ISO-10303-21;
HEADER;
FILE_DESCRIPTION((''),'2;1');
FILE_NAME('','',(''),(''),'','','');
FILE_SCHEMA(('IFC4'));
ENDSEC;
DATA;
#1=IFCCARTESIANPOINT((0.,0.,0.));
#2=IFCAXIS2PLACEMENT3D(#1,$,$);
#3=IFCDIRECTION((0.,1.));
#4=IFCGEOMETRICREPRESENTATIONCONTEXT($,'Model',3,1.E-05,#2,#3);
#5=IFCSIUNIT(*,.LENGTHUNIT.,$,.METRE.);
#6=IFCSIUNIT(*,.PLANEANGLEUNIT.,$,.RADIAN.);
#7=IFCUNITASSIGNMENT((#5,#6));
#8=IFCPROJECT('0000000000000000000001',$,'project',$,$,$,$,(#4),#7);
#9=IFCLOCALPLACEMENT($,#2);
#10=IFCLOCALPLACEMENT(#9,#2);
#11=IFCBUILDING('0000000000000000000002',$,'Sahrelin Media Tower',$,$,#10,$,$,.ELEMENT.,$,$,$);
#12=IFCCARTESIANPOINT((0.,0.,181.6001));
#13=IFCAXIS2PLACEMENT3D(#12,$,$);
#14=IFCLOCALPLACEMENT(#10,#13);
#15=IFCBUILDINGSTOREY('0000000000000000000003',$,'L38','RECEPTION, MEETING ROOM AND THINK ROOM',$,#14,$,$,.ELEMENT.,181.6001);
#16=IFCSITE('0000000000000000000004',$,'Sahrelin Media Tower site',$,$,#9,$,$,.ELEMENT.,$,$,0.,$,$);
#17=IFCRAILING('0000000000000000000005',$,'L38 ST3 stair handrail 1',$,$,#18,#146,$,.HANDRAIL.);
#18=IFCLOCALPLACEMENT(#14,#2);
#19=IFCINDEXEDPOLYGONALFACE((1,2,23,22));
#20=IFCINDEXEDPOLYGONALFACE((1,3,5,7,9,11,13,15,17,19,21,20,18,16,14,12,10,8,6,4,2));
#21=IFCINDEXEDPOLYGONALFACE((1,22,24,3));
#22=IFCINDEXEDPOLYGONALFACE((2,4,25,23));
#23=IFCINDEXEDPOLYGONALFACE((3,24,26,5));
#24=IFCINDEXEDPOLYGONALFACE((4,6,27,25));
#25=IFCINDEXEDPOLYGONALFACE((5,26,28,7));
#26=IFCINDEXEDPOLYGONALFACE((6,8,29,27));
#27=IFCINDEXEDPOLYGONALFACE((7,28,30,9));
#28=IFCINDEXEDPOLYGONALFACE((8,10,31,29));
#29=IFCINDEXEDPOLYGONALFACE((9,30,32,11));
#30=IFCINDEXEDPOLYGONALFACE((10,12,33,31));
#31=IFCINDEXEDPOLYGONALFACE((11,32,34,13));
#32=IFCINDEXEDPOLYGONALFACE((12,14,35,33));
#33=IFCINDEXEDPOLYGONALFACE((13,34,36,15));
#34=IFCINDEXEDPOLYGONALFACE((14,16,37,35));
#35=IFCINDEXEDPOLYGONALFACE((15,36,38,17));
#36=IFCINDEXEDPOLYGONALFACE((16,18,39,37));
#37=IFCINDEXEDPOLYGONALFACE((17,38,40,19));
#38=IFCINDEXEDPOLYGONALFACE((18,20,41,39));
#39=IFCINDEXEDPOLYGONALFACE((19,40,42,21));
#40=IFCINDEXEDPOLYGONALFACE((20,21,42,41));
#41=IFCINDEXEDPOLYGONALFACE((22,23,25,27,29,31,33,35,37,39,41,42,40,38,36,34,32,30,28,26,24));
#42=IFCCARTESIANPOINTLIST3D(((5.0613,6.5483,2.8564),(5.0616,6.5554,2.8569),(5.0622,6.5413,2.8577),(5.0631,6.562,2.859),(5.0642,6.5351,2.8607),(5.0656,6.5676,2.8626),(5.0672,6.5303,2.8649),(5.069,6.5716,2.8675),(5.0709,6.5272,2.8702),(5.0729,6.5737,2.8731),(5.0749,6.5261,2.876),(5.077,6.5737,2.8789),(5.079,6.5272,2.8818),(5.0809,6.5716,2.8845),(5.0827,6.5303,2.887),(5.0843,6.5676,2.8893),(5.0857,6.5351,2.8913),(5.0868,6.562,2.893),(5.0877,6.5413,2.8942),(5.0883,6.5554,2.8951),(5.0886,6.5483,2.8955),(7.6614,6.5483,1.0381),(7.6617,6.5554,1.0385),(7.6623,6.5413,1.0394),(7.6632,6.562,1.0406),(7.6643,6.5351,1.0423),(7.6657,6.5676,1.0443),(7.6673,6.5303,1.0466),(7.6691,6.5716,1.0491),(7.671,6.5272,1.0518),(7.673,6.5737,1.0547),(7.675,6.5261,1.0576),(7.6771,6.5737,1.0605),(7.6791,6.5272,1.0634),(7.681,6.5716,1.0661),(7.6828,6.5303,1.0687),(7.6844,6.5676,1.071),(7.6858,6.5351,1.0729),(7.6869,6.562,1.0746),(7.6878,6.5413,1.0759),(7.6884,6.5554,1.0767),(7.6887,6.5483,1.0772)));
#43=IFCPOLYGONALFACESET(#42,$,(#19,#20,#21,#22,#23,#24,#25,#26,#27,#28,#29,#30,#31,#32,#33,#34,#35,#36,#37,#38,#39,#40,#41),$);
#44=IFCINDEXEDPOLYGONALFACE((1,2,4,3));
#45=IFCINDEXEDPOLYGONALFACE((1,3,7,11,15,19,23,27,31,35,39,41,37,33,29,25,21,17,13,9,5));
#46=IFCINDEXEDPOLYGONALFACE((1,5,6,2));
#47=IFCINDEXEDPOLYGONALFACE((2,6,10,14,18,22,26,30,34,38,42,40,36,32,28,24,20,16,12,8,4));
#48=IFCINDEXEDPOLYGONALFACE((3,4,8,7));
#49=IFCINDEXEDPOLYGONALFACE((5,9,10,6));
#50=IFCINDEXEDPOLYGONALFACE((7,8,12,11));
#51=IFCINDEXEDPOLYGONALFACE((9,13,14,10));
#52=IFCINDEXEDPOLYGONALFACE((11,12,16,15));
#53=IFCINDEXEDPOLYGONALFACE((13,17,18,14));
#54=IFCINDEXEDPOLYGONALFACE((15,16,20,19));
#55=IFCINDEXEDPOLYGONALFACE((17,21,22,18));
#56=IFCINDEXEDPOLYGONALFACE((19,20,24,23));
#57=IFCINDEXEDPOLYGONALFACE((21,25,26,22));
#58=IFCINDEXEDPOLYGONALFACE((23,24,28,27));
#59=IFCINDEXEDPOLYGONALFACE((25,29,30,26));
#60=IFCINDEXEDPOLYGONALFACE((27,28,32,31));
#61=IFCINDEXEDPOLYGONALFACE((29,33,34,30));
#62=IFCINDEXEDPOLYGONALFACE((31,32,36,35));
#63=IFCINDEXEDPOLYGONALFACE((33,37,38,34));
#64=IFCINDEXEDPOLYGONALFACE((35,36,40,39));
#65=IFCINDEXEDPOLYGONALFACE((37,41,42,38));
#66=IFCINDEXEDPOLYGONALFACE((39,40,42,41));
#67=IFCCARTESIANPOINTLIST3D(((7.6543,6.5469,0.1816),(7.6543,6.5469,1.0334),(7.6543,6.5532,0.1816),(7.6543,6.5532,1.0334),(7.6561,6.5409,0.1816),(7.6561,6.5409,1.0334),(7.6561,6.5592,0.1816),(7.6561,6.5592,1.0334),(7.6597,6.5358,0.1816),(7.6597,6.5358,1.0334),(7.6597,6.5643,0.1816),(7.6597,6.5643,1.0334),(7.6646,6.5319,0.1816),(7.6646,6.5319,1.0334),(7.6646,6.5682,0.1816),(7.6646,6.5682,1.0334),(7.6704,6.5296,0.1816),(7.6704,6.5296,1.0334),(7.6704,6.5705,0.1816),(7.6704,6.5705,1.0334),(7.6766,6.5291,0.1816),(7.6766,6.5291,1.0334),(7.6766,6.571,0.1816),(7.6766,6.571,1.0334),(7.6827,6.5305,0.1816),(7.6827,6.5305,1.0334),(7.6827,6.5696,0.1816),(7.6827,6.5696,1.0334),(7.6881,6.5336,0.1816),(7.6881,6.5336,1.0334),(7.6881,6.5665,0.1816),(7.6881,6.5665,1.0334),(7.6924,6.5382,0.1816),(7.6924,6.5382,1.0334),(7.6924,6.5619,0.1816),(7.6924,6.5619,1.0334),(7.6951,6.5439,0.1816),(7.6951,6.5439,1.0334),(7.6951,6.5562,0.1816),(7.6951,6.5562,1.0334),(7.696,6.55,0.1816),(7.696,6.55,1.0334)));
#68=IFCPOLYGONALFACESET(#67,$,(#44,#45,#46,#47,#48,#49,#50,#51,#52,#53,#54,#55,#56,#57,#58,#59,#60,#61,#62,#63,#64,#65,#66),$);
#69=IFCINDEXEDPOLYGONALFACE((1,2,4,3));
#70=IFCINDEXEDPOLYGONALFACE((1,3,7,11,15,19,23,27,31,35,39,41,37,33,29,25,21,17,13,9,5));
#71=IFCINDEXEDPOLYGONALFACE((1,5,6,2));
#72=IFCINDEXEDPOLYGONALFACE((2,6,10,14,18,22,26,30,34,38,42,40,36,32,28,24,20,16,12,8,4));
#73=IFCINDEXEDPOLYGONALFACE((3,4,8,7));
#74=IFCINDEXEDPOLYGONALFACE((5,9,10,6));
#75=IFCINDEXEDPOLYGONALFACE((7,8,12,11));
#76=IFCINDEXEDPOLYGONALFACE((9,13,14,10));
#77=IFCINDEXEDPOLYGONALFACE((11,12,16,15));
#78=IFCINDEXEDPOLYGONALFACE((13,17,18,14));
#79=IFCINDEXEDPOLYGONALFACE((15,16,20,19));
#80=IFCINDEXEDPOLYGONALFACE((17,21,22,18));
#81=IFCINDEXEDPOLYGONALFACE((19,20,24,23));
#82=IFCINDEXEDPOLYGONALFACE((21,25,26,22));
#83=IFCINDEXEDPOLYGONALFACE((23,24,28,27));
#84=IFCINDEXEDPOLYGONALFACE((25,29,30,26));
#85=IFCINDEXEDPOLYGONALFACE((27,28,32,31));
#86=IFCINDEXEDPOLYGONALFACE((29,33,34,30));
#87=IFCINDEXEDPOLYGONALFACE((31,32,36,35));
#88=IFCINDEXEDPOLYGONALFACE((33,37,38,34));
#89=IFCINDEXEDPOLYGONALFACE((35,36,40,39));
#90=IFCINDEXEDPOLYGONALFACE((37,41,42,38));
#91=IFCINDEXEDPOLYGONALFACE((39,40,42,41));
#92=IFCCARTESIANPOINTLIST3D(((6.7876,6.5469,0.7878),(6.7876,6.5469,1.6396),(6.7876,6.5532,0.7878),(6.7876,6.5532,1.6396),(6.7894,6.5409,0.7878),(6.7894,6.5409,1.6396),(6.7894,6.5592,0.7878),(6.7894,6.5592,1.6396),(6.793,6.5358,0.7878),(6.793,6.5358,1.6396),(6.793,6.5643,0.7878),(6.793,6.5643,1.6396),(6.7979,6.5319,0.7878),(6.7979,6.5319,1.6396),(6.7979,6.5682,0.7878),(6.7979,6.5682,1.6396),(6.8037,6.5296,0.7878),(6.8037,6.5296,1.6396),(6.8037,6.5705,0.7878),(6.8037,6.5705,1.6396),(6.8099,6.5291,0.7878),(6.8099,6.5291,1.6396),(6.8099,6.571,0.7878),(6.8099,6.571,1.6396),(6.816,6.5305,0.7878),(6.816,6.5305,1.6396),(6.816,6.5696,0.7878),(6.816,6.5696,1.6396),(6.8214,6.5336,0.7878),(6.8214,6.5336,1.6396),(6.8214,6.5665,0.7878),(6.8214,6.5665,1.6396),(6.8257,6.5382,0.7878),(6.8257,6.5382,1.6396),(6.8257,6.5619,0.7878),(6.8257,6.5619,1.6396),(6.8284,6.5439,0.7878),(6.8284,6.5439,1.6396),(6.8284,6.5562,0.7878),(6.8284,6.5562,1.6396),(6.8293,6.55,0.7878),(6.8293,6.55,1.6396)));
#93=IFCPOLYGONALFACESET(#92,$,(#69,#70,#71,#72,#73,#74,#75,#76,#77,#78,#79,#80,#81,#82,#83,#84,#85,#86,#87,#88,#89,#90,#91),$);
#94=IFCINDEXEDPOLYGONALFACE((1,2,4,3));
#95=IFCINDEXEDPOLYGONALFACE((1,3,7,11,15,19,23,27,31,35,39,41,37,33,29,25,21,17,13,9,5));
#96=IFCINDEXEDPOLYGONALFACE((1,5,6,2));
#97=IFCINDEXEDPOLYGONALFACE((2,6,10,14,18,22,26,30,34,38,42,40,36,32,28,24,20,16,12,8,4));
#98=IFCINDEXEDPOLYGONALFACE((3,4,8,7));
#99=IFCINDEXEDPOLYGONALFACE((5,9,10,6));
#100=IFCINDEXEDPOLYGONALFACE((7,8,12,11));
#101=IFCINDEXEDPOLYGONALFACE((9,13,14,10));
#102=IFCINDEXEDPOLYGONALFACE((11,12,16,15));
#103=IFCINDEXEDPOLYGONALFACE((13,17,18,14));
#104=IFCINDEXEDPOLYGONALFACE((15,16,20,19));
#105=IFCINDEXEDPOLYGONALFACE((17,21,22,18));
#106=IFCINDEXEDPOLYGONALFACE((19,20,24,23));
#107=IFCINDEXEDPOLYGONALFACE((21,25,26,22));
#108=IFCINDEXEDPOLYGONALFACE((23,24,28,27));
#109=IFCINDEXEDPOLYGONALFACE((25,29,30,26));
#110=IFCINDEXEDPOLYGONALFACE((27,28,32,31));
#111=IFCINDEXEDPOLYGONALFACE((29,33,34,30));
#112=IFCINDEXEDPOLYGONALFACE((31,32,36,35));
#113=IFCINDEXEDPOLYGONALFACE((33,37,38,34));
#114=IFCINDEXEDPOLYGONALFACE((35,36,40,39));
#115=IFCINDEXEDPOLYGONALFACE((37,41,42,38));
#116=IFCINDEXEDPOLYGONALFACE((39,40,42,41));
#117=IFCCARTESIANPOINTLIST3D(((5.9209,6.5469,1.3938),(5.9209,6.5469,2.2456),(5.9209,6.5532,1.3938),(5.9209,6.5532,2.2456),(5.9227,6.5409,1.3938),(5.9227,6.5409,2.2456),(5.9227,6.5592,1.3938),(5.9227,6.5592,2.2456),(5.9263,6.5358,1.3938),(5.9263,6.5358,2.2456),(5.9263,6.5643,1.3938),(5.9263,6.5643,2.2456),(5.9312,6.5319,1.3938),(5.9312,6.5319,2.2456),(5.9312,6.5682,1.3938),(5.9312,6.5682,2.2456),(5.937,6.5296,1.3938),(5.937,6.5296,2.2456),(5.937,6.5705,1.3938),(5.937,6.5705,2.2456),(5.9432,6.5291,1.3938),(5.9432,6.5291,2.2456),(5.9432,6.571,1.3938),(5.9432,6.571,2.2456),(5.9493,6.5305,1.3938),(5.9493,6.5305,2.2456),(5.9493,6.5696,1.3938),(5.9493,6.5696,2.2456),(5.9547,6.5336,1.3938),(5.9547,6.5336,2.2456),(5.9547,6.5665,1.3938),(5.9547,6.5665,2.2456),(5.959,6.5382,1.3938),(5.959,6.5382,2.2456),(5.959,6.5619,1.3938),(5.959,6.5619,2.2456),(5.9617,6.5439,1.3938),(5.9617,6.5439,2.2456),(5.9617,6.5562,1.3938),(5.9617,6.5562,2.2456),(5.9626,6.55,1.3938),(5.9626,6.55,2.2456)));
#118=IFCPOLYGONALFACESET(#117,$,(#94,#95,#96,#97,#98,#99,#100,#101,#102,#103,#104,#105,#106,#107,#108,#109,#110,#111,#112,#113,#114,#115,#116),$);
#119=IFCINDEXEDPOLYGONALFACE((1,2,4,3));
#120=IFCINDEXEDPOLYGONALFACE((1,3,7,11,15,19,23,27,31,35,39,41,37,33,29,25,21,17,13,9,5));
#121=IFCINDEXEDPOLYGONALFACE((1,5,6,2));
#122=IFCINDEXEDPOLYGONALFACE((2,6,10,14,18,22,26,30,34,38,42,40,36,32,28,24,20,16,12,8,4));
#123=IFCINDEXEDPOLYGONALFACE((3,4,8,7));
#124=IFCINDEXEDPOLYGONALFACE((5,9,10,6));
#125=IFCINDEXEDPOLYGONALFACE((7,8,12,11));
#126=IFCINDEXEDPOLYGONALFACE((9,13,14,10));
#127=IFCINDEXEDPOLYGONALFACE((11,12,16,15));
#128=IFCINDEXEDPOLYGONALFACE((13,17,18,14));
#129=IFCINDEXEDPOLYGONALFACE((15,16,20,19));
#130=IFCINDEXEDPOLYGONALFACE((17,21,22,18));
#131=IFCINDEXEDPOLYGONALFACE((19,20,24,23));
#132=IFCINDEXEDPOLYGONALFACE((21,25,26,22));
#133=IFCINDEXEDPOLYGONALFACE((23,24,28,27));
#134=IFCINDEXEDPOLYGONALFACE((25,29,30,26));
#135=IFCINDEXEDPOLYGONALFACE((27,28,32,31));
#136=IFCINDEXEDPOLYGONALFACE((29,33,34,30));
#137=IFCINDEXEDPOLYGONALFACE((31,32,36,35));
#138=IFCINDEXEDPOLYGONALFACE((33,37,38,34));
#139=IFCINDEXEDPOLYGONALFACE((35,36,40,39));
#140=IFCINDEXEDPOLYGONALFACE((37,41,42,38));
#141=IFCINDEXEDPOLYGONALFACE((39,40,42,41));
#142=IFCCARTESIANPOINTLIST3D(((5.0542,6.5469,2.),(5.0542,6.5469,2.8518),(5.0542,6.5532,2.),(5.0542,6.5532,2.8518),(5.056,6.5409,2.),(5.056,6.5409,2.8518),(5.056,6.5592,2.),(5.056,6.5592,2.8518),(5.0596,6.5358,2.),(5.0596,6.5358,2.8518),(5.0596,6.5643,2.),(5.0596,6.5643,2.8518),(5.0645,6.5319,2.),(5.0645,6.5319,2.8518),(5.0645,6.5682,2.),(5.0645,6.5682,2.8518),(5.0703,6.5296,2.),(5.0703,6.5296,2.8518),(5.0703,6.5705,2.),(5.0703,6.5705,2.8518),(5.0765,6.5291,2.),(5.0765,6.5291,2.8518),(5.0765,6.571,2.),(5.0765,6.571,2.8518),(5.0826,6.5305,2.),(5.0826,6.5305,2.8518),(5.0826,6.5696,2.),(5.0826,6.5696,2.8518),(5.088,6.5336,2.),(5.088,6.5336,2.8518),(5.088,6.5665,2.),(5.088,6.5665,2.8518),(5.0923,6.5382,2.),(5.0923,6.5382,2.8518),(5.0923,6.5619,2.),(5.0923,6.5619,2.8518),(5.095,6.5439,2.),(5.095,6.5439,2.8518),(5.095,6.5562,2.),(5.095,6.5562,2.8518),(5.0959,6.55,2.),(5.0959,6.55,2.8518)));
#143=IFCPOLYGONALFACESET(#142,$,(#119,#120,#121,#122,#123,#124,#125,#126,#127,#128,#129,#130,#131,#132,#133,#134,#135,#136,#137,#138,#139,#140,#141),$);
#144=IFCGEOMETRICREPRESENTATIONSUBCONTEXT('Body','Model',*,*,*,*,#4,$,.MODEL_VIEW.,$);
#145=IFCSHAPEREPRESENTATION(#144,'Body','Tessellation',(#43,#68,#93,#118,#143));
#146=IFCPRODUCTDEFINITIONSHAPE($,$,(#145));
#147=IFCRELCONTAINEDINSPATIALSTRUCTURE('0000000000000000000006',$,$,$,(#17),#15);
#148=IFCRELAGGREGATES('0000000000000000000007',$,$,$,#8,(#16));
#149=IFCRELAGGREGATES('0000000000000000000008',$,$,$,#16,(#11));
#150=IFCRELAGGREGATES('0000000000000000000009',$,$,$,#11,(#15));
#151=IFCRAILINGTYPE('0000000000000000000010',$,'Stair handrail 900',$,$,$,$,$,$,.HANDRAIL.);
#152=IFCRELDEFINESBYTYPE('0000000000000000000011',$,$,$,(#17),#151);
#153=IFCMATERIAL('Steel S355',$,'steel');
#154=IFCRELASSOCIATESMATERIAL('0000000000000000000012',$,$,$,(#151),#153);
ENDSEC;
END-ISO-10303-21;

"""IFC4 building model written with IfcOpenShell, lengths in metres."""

from ifc_helpers import new_model, si_unit, direction, frame, origin, origin_2d, place, context, subcontext, project, spatial, circle, extrude, material, type_object, element, save


model = new_model("IFC4")

# Units and contexts
model_context = context("Model", 3, precision=1e-05, world=origin(), true_north=direction((0.0, 1.0)))
body_context = subcontext(model_context, "Body", "Model", "MODEL_VIEW")
ifc_project = project(units=[si_unit("LENGTHUNIT", "METRE"), si_unit("PLANEANGLEUNIT", "RADIAN")], contexts=[model_context])

# Site, building, storey
site_placement = place(None, origin())
site = spatial("IfcSite", under=ifc_project, at=site_placement, Name="Sahrelin Media Tower site", CompositionType="ELEMENT", RefElevation=0.0)
building_placement = place(site_placement, origin())
building = spatial("IfcBuilding", under=site, at=building_placement, Name="Sahrelin Media Tower", CompositionType="ELEMENT")
storey_placement = place(building_placement, frame((0.0, 0.0, 181.6001)))
storey = spatial("IfcBuildingStorey", under=building, at=storey_placement, Name="L38", Description="RECEPTION, MEETING ROOM AND THINK ROOM", CompositionType="ELEMENT", Elevation=181.6001)

# Shared definitions
ifc_material_1 = material(Name="Steel S355", Category="steel")

# Railing
railing_type_1 = type_object("IfcRailingType", Name="Stair handrail 900", PredefinedType="HANDRAIL", material=ifc_material_1)
railing_1_placement = place(storey_placement, frame((7.675, 6.55, 0.1816)))
element("IfcRailing", 1, at=railing_1_placement, inside=storey, type_object=railing_type_1, Name="L38 ST3 stair handrail 1", PredefinedType="HANDRAIL", context=body_context, shape_type="SweptSolid", body=[
    extrude(circle(Radius=0.0239, at=origin_2d()), frame((0.0, 0.0, 0.876), z_axis=(-0.819485, 0.0, 0.573101), x_axis=(0.0, -1.0, 0.0)), (0.0, 0.0, 1.0), 3.1729),
    extrude(circle(Radius=0.021, at=origin_2d()), origin(), (0.0, 0.0, 1.0), 0.8518),
    extrude(circle(Radius=0.021, at=origin_2d()), frame((-0.8667, 0.0, 0.6062)), (0.0, 0.0, 1.0), 0.8518),
    extrude(circle(Radius=0.021, at=origin_2d()), frame((-1.7334, 0.0, 1.2122)), (0.0, 0.0, 1.0), 0.8518),
    extrude(circle(Radius=0.021, at=origin_2d()), frame((-2.6001, 0.0, 1.8184)), (0.0, 0.0, 1.0), 0.8518),
])

save(model, "model.ifc")
